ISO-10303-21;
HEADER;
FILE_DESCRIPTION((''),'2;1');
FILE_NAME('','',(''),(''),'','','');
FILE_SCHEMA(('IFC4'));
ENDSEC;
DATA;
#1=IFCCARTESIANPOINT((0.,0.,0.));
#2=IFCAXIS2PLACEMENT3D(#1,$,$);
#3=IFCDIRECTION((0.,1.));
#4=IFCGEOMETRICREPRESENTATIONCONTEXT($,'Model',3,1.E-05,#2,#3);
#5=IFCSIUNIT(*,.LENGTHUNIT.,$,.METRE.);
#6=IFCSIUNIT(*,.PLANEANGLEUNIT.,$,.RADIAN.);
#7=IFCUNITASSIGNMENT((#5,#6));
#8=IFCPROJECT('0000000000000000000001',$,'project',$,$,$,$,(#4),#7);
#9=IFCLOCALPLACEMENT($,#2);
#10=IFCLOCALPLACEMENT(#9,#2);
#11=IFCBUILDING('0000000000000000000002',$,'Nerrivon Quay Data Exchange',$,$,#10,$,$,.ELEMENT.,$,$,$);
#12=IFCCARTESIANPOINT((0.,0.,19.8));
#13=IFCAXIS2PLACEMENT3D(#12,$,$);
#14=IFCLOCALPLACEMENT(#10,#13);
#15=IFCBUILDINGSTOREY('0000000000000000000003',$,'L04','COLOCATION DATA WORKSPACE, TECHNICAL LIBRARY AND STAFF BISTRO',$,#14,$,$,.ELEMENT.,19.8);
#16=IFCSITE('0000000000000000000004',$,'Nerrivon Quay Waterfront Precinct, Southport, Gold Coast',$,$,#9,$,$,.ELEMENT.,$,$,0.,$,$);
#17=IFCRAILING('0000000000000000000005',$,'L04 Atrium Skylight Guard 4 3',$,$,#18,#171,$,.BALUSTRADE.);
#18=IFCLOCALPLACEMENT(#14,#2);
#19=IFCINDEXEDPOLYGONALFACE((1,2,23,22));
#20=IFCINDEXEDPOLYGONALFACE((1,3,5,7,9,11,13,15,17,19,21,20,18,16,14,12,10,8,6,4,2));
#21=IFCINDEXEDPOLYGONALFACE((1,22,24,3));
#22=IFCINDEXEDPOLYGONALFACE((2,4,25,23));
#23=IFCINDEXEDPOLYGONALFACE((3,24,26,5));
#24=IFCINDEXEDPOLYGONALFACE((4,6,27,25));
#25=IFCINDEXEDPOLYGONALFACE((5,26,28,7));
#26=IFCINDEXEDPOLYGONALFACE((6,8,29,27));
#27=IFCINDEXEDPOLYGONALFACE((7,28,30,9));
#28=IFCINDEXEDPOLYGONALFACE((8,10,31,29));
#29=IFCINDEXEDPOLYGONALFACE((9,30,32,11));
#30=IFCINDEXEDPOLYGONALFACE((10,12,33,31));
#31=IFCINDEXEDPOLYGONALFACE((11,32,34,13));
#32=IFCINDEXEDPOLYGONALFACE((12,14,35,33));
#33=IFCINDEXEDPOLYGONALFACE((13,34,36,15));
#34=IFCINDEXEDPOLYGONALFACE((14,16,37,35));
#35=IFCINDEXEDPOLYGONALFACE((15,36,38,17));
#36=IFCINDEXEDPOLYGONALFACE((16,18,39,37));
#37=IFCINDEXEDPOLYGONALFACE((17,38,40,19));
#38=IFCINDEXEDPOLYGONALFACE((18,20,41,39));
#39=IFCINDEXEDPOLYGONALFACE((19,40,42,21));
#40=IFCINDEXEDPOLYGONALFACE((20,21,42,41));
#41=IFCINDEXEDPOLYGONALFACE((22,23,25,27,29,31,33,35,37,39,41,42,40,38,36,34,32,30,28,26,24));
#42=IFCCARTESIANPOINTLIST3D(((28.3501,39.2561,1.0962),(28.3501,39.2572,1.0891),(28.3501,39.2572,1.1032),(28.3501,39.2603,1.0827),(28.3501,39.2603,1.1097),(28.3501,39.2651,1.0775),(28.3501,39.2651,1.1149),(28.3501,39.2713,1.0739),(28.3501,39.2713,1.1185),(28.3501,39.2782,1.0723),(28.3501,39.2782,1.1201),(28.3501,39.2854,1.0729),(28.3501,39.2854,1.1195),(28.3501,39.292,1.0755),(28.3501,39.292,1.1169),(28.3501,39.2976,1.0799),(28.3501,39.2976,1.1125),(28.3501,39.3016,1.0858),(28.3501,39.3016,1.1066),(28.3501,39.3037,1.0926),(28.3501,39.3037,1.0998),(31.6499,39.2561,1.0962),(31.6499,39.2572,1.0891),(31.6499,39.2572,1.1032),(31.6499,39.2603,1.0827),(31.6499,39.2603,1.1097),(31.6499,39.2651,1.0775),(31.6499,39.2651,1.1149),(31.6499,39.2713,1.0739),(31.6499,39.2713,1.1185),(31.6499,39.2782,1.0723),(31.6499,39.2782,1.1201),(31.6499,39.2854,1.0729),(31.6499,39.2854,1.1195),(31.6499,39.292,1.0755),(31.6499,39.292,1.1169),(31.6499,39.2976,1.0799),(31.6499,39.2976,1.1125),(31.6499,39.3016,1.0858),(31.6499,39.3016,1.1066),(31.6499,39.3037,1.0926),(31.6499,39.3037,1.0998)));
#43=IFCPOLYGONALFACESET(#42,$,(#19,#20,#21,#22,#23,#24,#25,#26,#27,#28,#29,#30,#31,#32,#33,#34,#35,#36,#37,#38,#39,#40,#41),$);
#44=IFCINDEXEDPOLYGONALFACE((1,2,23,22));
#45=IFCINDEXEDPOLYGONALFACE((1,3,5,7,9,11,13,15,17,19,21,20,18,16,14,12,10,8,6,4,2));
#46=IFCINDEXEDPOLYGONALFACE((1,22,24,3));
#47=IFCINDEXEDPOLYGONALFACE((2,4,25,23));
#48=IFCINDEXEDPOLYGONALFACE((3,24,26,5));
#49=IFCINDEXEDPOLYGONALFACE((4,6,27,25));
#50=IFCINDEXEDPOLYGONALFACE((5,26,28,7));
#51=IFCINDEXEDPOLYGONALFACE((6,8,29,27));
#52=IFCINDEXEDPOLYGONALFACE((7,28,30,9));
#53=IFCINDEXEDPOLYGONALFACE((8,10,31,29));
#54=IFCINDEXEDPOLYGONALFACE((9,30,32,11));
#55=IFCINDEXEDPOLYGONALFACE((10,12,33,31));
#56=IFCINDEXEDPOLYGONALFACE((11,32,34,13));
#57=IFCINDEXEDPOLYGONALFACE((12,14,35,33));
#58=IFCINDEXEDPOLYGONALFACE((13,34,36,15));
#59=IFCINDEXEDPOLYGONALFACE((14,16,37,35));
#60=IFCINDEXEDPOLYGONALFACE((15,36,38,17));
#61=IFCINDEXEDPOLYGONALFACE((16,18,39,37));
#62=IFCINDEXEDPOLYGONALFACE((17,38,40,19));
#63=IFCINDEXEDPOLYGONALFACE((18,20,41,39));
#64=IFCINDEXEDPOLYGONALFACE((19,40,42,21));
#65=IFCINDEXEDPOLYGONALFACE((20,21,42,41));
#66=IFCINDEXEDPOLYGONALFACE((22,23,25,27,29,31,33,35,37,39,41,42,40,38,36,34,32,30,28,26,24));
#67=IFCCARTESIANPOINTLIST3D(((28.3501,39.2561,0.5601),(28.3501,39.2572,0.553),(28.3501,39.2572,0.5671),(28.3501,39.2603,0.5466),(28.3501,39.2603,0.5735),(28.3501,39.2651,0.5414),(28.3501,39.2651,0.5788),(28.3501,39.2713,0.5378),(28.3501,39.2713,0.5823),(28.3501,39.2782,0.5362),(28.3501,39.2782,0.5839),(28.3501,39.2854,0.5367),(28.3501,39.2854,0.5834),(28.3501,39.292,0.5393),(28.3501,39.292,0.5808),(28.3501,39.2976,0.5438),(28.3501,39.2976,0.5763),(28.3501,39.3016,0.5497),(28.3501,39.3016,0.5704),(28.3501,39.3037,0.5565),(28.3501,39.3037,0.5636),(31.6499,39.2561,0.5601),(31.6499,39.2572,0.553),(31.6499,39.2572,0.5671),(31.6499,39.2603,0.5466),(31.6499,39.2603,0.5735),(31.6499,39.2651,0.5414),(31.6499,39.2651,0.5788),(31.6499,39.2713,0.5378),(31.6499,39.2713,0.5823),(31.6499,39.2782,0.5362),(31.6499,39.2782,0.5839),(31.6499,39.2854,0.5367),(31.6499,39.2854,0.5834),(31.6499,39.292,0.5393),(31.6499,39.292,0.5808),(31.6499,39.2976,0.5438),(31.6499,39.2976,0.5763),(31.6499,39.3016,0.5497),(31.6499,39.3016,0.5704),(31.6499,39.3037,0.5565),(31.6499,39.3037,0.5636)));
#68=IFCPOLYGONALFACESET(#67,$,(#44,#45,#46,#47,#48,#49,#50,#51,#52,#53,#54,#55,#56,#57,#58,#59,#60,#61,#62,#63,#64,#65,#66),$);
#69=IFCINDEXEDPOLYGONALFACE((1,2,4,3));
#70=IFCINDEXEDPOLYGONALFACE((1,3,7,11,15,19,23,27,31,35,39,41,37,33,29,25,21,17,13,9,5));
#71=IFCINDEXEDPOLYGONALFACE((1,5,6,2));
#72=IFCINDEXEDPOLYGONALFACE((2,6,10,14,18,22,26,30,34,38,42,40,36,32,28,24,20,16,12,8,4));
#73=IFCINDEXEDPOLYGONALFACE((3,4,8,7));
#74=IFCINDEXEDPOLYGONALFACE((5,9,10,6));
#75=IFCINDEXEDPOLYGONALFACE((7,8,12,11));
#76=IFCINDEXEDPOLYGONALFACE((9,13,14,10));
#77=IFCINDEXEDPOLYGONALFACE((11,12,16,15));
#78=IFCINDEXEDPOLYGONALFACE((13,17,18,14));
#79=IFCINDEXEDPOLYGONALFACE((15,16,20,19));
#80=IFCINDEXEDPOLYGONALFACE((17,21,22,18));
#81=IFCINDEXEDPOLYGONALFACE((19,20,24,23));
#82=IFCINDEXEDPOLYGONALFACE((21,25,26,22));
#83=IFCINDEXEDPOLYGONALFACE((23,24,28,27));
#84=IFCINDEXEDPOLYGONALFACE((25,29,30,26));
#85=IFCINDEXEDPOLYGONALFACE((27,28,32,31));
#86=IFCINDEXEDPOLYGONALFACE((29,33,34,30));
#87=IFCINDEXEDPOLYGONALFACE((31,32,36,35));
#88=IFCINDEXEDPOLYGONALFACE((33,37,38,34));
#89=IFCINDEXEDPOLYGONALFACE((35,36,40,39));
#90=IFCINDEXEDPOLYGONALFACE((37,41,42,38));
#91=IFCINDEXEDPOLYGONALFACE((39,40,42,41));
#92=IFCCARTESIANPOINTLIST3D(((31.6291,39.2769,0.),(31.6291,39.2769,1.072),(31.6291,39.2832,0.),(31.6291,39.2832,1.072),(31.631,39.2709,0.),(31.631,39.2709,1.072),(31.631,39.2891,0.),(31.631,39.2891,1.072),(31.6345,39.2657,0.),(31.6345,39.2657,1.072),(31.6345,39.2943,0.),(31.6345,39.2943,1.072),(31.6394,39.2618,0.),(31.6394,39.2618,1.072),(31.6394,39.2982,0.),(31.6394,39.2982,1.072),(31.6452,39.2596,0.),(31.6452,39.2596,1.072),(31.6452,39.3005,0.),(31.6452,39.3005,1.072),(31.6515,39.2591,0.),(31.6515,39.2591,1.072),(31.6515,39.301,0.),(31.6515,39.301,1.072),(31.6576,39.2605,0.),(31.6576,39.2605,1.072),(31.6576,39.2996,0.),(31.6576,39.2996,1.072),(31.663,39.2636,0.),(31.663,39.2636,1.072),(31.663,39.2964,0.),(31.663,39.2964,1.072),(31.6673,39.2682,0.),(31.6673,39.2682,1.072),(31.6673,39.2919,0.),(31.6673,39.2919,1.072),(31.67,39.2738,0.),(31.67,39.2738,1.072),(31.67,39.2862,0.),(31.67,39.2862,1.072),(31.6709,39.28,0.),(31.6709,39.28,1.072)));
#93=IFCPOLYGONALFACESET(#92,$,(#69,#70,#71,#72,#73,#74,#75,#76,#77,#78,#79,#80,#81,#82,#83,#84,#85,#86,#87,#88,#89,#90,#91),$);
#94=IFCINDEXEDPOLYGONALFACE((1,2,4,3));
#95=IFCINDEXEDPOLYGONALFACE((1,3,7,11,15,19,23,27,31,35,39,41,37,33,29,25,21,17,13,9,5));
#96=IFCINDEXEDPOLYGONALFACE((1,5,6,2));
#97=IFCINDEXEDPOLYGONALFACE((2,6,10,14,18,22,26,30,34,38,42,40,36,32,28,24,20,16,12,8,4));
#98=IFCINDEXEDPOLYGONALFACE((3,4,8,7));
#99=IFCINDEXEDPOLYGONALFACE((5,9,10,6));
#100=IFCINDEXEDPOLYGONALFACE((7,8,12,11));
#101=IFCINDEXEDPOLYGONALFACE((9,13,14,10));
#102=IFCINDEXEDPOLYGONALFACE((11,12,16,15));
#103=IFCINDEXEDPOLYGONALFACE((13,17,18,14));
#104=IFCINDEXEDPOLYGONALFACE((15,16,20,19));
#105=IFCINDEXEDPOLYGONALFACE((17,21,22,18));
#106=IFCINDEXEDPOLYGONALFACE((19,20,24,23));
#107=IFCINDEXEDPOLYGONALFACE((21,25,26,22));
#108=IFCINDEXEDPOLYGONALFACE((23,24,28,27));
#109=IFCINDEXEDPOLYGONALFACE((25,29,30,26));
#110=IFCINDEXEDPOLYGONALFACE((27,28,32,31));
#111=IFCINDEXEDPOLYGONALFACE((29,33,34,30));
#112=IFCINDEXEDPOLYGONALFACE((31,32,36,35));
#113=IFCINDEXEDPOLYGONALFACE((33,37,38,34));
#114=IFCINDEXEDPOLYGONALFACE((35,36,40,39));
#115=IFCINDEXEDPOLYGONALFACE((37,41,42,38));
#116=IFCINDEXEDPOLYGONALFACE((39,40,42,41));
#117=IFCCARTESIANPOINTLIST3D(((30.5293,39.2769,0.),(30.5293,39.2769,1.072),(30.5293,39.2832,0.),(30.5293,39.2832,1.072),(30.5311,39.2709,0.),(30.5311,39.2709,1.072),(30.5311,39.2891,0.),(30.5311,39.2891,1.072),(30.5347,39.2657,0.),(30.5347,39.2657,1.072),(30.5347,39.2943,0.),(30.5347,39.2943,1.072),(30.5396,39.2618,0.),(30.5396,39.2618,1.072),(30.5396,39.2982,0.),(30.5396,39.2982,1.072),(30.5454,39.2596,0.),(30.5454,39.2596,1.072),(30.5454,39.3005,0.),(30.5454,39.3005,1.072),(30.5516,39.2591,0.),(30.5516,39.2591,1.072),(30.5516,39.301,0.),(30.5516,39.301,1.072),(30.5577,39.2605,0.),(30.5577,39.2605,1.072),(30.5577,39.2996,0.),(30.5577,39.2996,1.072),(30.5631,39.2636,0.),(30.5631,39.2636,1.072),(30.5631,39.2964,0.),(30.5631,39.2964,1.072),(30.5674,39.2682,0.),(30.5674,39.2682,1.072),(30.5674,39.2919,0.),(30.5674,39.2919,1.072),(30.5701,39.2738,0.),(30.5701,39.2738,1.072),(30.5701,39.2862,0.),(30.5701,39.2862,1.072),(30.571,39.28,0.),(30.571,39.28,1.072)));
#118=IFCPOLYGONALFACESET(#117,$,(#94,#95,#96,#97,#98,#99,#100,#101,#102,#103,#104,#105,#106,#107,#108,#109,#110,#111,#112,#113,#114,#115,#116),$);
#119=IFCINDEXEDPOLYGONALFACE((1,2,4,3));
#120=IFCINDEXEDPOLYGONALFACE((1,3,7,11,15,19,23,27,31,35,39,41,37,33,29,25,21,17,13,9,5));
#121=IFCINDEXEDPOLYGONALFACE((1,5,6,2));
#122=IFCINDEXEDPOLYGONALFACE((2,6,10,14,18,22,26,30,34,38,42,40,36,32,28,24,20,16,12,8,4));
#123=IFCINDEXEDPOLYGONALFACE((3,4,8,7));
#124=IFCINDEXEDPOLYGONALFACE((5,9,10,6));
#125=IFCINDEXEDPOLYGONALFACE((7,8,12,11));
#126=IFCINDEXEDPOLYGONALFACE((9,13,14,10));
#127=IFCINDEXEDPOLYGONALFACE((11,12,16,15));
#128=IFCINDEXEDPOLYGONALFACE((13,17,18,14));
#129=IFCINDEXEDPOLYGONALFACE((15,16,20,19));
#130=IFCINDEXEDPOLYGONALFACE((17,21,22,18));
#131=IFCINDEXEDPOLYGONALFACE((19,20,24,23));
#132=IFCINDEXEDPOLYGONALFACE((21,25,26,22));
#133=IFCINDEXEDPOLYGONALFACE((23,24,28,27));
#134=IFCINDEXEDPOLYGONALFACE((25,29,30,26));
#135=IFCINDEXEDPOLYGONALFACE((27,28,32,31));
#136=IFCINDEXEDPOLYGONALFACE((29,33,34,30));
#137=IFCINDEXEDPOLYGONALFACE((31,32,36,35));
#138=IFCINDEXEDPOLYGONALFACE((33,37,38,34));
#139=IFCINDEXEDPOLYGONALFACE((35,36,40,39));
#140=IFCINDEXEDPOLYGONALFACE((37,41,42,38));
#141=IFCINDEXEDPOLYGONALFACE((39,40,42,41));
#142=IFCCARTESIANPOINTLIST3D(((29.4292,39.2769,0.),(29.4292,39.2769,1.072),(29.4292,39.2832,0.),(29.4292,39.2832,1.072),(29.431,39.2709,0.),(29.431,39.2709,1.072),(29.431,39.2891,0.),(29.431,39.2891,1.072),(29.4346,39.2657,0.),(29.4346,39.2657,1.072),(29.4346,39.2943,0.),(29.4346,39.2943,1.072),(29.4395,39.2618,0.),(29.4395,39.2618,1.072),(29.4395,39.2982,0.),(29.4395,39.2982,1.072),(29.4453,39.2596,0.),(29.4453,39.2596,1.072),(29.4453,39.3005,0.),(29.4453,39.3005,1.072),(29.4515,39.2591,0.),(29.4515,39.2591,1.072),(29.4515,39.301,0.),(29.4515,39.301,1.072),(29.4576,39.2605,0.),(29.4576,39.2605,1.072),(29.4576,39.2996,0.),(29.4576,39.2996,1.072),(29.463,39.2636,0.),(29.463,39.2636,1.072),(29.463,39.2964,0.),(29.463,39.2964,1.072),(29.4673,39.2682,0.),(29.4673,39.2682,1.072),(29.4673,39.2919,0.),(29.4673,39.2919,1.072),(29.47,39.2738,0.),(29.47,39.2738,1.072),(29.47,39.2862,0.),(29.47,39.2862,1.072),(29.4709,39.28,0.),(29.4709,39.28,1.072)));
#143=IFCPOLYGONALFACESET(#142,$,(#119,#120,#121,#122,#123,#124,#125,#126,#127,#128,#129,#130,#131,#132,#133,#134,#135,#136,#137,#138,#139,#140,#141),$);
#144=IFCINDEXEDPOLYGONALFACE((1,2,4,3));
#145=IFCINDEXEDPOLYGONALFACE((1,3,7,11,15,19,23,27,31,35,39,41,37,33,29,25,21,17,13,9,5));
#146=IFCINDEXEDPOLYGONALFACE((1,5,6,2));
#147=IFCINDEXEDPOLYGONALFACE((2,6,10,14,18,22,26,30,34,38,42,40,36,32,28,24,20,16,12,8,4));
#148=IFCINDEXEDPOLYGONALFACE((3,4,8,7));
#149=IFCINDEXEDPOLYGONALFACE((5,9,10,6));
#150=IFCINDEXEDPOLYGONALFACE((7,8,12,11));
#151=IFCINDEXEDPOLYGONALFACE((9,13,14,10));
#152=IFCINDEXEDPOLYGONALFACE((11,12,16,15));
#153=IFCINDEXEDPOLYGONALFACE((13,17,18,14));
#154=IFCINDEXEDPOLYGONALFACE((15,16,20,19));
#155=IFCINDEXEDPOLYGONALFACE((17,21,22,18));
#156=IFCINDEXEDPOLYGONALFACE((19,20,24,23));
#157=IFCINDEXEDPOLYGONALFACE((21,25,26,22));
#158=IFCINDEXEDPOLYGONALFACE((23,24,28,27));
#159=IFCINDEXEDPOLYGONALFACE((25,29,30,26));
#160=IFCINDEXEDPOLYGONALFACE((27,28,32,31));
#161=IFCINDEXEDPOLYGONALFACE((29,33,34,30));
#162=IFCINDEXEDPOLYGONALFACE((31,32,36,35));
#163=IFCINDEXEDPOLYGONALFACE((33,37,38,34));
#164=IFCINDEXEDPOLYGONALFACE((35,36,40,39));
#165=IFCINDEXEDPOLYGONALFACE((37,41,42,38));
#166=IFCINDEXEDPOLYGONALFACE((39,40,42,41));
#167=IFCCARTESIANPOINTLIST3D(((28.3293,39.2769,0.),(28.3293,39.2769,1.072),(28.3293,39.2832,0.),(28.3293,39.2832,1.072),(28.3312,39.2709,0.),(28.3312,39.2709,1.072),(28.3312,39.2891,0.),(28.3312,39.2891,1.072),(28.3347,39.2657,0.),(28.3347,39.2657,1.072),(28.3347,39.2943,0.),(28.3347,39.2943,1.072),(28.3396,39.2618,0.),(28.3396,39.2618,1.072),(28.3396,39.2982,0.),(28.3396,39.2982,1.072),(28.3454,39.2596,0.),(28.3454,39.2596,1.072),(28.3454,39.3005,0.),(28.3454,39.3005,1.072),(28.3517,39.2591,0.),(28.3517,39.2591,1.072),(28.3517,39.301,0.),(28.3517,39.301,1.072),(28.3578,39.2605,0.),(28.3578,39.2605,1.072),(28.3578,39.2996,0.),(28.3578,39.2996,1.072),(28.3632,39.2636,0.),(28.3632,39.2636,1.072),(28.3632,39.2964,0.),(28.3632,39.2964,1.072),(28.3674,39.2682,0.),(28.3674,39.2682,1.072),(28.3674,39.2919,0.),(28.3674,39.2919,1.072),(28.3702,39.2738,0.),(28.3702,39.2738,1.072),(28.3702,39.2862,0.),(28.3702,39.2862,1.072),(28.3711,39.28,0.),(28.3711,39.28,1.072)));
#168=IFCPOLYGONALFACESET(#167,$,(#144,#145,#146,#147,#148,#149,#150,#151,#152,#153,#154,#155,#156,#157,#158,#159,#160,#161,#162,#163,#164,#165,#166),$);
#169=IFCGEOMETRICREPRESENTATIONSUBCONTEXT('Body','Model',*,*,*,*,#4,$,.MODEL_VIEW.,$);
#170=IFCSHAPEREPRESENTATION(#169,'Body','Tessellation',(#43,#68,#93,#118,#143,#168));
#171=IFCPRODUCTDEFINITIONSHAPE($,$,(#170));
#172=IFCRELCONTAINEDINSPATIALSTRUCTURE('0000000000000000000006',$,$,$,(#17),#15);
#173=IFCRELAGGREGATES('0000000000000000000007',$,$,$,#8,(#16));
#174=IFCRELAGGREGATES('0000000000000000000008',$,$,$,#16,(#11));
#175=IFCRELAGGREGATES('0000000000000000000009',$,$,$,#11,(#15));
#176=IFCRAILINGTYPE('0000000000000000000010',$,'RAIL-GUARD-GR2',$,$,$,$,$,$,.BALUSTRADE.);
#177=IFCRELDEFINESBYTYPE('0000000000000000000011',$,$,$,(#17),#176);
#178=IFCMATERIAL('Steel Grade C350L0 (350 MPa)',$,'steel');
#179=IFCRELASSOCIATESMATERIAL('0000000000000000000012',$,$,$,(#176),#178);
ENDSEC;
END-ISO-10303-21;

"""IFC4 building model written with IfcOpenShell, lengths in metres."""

from ifc_helpers import new_model, si_unit, direction, frame, origin, origin_2d, place, context, subcontext, project, spatial, circle, extrude, material, type_object, element, save


model = new_model("IFC4")

# Units and contexts
model_context = context("Model", 3, precision=1e-05, world=origin(), true_north=direction((0.0, 1.0)))
body_context = subcontext(model_context, "Body", "Model", "MODEL_VIEW")
ifc_project = project(units=[si_unit("LENGTHUNIT", "METRE"), si_unit("PLANEANGLEUNIT", "RADIAN")], contexts=[model_context])

# Site, building, storey
site_placement = place(None, origin())
site = spatial("IfcSite", under=ifc_project, at=site_placement, Name="Nerrivon Quay Waterfront Precinct, Southport, Gold Coast", CompositionType="ELEMENT", RefElevation=0.0)
building_placement = place(site_placement, origin())
building = spatial("IfcBuilding", under=site, at=building_placement, Name="Nerrivon Quay Data Exchange", CompositionType="ELEMENT")
storey_placement = place(building_placement, frame((0.0, 0.0, 19.8)))
storey = spatial("IfcBuildingStorey", under=building, at=storey_placement, Name="L04", Description="COLOCATION DATA WORKSPACE, TECHNICAL LIBRARY AND STAFF BISTRO", CompositionType="ELEMENT", Elevation=19.8)

# Railing
ifc_material_1 = material(Name="Steel Grade C350L0 (350 MPa)", Category="steel")
railing_type = type_object("IfcRailingType", Name="RAIL-GUARD-GR2", PredefinedType="BALUSTRADE", material=ifc_material_1)
railing_1_placement = place(storey_placement, frame((31.6499, 39.28, 0.0)))
element("IfcRailing", 1, at=railing_1_placement, inside=storey, type_object=railing_type, Name="L04 Atrium Skylight Guard 4 3", PredefinedType="BALUSTRADE", context=body_context, shape_type="SweptSolid", body=[
    extrude(circle(Radius=0.0239, at=origin_2d()), frame((0.0, 0.0, 1.0962), z_axis=(-1.0, 0.0, 0.0), x_axis=(0.0, -1.0, 0.0)), (0.0, 0.0, 1.0), 3.2998),
    extrude(circle(Radius=0.0239, at=origin_2d()), frame((0.0, 0.0, 0.5601), z_axis=(-1.0, 0.0, 0.0), x_axis=(0.0, -1.0, 0.0)), (0.0, 0.0, 1.0), 3.2998),
    extrude(circle(Radius=0.021, at=origin_2d()), origin(), (0.0, 0.0, 1.0), 1.072),
    extrude(circle(Radius=0.021, at=origin_2d()), frame((-1.0999, 0.0, 0.0)), (0.0, 0.0, 1.0), 1.072),
    extrude(circle(Radius=0.021, at=origin_2d()), frame((-2.2, 0.0, 0.0)), (0.0, 0.0, 1.0), 1.072),
    extrude(circle(Radius=0.021, at=origin_2d()), frame((-3.2998, 0.0, 0.0)), (0.0, 0.0, 1.0), 1.072),
])

save(model, "model.ifc")
